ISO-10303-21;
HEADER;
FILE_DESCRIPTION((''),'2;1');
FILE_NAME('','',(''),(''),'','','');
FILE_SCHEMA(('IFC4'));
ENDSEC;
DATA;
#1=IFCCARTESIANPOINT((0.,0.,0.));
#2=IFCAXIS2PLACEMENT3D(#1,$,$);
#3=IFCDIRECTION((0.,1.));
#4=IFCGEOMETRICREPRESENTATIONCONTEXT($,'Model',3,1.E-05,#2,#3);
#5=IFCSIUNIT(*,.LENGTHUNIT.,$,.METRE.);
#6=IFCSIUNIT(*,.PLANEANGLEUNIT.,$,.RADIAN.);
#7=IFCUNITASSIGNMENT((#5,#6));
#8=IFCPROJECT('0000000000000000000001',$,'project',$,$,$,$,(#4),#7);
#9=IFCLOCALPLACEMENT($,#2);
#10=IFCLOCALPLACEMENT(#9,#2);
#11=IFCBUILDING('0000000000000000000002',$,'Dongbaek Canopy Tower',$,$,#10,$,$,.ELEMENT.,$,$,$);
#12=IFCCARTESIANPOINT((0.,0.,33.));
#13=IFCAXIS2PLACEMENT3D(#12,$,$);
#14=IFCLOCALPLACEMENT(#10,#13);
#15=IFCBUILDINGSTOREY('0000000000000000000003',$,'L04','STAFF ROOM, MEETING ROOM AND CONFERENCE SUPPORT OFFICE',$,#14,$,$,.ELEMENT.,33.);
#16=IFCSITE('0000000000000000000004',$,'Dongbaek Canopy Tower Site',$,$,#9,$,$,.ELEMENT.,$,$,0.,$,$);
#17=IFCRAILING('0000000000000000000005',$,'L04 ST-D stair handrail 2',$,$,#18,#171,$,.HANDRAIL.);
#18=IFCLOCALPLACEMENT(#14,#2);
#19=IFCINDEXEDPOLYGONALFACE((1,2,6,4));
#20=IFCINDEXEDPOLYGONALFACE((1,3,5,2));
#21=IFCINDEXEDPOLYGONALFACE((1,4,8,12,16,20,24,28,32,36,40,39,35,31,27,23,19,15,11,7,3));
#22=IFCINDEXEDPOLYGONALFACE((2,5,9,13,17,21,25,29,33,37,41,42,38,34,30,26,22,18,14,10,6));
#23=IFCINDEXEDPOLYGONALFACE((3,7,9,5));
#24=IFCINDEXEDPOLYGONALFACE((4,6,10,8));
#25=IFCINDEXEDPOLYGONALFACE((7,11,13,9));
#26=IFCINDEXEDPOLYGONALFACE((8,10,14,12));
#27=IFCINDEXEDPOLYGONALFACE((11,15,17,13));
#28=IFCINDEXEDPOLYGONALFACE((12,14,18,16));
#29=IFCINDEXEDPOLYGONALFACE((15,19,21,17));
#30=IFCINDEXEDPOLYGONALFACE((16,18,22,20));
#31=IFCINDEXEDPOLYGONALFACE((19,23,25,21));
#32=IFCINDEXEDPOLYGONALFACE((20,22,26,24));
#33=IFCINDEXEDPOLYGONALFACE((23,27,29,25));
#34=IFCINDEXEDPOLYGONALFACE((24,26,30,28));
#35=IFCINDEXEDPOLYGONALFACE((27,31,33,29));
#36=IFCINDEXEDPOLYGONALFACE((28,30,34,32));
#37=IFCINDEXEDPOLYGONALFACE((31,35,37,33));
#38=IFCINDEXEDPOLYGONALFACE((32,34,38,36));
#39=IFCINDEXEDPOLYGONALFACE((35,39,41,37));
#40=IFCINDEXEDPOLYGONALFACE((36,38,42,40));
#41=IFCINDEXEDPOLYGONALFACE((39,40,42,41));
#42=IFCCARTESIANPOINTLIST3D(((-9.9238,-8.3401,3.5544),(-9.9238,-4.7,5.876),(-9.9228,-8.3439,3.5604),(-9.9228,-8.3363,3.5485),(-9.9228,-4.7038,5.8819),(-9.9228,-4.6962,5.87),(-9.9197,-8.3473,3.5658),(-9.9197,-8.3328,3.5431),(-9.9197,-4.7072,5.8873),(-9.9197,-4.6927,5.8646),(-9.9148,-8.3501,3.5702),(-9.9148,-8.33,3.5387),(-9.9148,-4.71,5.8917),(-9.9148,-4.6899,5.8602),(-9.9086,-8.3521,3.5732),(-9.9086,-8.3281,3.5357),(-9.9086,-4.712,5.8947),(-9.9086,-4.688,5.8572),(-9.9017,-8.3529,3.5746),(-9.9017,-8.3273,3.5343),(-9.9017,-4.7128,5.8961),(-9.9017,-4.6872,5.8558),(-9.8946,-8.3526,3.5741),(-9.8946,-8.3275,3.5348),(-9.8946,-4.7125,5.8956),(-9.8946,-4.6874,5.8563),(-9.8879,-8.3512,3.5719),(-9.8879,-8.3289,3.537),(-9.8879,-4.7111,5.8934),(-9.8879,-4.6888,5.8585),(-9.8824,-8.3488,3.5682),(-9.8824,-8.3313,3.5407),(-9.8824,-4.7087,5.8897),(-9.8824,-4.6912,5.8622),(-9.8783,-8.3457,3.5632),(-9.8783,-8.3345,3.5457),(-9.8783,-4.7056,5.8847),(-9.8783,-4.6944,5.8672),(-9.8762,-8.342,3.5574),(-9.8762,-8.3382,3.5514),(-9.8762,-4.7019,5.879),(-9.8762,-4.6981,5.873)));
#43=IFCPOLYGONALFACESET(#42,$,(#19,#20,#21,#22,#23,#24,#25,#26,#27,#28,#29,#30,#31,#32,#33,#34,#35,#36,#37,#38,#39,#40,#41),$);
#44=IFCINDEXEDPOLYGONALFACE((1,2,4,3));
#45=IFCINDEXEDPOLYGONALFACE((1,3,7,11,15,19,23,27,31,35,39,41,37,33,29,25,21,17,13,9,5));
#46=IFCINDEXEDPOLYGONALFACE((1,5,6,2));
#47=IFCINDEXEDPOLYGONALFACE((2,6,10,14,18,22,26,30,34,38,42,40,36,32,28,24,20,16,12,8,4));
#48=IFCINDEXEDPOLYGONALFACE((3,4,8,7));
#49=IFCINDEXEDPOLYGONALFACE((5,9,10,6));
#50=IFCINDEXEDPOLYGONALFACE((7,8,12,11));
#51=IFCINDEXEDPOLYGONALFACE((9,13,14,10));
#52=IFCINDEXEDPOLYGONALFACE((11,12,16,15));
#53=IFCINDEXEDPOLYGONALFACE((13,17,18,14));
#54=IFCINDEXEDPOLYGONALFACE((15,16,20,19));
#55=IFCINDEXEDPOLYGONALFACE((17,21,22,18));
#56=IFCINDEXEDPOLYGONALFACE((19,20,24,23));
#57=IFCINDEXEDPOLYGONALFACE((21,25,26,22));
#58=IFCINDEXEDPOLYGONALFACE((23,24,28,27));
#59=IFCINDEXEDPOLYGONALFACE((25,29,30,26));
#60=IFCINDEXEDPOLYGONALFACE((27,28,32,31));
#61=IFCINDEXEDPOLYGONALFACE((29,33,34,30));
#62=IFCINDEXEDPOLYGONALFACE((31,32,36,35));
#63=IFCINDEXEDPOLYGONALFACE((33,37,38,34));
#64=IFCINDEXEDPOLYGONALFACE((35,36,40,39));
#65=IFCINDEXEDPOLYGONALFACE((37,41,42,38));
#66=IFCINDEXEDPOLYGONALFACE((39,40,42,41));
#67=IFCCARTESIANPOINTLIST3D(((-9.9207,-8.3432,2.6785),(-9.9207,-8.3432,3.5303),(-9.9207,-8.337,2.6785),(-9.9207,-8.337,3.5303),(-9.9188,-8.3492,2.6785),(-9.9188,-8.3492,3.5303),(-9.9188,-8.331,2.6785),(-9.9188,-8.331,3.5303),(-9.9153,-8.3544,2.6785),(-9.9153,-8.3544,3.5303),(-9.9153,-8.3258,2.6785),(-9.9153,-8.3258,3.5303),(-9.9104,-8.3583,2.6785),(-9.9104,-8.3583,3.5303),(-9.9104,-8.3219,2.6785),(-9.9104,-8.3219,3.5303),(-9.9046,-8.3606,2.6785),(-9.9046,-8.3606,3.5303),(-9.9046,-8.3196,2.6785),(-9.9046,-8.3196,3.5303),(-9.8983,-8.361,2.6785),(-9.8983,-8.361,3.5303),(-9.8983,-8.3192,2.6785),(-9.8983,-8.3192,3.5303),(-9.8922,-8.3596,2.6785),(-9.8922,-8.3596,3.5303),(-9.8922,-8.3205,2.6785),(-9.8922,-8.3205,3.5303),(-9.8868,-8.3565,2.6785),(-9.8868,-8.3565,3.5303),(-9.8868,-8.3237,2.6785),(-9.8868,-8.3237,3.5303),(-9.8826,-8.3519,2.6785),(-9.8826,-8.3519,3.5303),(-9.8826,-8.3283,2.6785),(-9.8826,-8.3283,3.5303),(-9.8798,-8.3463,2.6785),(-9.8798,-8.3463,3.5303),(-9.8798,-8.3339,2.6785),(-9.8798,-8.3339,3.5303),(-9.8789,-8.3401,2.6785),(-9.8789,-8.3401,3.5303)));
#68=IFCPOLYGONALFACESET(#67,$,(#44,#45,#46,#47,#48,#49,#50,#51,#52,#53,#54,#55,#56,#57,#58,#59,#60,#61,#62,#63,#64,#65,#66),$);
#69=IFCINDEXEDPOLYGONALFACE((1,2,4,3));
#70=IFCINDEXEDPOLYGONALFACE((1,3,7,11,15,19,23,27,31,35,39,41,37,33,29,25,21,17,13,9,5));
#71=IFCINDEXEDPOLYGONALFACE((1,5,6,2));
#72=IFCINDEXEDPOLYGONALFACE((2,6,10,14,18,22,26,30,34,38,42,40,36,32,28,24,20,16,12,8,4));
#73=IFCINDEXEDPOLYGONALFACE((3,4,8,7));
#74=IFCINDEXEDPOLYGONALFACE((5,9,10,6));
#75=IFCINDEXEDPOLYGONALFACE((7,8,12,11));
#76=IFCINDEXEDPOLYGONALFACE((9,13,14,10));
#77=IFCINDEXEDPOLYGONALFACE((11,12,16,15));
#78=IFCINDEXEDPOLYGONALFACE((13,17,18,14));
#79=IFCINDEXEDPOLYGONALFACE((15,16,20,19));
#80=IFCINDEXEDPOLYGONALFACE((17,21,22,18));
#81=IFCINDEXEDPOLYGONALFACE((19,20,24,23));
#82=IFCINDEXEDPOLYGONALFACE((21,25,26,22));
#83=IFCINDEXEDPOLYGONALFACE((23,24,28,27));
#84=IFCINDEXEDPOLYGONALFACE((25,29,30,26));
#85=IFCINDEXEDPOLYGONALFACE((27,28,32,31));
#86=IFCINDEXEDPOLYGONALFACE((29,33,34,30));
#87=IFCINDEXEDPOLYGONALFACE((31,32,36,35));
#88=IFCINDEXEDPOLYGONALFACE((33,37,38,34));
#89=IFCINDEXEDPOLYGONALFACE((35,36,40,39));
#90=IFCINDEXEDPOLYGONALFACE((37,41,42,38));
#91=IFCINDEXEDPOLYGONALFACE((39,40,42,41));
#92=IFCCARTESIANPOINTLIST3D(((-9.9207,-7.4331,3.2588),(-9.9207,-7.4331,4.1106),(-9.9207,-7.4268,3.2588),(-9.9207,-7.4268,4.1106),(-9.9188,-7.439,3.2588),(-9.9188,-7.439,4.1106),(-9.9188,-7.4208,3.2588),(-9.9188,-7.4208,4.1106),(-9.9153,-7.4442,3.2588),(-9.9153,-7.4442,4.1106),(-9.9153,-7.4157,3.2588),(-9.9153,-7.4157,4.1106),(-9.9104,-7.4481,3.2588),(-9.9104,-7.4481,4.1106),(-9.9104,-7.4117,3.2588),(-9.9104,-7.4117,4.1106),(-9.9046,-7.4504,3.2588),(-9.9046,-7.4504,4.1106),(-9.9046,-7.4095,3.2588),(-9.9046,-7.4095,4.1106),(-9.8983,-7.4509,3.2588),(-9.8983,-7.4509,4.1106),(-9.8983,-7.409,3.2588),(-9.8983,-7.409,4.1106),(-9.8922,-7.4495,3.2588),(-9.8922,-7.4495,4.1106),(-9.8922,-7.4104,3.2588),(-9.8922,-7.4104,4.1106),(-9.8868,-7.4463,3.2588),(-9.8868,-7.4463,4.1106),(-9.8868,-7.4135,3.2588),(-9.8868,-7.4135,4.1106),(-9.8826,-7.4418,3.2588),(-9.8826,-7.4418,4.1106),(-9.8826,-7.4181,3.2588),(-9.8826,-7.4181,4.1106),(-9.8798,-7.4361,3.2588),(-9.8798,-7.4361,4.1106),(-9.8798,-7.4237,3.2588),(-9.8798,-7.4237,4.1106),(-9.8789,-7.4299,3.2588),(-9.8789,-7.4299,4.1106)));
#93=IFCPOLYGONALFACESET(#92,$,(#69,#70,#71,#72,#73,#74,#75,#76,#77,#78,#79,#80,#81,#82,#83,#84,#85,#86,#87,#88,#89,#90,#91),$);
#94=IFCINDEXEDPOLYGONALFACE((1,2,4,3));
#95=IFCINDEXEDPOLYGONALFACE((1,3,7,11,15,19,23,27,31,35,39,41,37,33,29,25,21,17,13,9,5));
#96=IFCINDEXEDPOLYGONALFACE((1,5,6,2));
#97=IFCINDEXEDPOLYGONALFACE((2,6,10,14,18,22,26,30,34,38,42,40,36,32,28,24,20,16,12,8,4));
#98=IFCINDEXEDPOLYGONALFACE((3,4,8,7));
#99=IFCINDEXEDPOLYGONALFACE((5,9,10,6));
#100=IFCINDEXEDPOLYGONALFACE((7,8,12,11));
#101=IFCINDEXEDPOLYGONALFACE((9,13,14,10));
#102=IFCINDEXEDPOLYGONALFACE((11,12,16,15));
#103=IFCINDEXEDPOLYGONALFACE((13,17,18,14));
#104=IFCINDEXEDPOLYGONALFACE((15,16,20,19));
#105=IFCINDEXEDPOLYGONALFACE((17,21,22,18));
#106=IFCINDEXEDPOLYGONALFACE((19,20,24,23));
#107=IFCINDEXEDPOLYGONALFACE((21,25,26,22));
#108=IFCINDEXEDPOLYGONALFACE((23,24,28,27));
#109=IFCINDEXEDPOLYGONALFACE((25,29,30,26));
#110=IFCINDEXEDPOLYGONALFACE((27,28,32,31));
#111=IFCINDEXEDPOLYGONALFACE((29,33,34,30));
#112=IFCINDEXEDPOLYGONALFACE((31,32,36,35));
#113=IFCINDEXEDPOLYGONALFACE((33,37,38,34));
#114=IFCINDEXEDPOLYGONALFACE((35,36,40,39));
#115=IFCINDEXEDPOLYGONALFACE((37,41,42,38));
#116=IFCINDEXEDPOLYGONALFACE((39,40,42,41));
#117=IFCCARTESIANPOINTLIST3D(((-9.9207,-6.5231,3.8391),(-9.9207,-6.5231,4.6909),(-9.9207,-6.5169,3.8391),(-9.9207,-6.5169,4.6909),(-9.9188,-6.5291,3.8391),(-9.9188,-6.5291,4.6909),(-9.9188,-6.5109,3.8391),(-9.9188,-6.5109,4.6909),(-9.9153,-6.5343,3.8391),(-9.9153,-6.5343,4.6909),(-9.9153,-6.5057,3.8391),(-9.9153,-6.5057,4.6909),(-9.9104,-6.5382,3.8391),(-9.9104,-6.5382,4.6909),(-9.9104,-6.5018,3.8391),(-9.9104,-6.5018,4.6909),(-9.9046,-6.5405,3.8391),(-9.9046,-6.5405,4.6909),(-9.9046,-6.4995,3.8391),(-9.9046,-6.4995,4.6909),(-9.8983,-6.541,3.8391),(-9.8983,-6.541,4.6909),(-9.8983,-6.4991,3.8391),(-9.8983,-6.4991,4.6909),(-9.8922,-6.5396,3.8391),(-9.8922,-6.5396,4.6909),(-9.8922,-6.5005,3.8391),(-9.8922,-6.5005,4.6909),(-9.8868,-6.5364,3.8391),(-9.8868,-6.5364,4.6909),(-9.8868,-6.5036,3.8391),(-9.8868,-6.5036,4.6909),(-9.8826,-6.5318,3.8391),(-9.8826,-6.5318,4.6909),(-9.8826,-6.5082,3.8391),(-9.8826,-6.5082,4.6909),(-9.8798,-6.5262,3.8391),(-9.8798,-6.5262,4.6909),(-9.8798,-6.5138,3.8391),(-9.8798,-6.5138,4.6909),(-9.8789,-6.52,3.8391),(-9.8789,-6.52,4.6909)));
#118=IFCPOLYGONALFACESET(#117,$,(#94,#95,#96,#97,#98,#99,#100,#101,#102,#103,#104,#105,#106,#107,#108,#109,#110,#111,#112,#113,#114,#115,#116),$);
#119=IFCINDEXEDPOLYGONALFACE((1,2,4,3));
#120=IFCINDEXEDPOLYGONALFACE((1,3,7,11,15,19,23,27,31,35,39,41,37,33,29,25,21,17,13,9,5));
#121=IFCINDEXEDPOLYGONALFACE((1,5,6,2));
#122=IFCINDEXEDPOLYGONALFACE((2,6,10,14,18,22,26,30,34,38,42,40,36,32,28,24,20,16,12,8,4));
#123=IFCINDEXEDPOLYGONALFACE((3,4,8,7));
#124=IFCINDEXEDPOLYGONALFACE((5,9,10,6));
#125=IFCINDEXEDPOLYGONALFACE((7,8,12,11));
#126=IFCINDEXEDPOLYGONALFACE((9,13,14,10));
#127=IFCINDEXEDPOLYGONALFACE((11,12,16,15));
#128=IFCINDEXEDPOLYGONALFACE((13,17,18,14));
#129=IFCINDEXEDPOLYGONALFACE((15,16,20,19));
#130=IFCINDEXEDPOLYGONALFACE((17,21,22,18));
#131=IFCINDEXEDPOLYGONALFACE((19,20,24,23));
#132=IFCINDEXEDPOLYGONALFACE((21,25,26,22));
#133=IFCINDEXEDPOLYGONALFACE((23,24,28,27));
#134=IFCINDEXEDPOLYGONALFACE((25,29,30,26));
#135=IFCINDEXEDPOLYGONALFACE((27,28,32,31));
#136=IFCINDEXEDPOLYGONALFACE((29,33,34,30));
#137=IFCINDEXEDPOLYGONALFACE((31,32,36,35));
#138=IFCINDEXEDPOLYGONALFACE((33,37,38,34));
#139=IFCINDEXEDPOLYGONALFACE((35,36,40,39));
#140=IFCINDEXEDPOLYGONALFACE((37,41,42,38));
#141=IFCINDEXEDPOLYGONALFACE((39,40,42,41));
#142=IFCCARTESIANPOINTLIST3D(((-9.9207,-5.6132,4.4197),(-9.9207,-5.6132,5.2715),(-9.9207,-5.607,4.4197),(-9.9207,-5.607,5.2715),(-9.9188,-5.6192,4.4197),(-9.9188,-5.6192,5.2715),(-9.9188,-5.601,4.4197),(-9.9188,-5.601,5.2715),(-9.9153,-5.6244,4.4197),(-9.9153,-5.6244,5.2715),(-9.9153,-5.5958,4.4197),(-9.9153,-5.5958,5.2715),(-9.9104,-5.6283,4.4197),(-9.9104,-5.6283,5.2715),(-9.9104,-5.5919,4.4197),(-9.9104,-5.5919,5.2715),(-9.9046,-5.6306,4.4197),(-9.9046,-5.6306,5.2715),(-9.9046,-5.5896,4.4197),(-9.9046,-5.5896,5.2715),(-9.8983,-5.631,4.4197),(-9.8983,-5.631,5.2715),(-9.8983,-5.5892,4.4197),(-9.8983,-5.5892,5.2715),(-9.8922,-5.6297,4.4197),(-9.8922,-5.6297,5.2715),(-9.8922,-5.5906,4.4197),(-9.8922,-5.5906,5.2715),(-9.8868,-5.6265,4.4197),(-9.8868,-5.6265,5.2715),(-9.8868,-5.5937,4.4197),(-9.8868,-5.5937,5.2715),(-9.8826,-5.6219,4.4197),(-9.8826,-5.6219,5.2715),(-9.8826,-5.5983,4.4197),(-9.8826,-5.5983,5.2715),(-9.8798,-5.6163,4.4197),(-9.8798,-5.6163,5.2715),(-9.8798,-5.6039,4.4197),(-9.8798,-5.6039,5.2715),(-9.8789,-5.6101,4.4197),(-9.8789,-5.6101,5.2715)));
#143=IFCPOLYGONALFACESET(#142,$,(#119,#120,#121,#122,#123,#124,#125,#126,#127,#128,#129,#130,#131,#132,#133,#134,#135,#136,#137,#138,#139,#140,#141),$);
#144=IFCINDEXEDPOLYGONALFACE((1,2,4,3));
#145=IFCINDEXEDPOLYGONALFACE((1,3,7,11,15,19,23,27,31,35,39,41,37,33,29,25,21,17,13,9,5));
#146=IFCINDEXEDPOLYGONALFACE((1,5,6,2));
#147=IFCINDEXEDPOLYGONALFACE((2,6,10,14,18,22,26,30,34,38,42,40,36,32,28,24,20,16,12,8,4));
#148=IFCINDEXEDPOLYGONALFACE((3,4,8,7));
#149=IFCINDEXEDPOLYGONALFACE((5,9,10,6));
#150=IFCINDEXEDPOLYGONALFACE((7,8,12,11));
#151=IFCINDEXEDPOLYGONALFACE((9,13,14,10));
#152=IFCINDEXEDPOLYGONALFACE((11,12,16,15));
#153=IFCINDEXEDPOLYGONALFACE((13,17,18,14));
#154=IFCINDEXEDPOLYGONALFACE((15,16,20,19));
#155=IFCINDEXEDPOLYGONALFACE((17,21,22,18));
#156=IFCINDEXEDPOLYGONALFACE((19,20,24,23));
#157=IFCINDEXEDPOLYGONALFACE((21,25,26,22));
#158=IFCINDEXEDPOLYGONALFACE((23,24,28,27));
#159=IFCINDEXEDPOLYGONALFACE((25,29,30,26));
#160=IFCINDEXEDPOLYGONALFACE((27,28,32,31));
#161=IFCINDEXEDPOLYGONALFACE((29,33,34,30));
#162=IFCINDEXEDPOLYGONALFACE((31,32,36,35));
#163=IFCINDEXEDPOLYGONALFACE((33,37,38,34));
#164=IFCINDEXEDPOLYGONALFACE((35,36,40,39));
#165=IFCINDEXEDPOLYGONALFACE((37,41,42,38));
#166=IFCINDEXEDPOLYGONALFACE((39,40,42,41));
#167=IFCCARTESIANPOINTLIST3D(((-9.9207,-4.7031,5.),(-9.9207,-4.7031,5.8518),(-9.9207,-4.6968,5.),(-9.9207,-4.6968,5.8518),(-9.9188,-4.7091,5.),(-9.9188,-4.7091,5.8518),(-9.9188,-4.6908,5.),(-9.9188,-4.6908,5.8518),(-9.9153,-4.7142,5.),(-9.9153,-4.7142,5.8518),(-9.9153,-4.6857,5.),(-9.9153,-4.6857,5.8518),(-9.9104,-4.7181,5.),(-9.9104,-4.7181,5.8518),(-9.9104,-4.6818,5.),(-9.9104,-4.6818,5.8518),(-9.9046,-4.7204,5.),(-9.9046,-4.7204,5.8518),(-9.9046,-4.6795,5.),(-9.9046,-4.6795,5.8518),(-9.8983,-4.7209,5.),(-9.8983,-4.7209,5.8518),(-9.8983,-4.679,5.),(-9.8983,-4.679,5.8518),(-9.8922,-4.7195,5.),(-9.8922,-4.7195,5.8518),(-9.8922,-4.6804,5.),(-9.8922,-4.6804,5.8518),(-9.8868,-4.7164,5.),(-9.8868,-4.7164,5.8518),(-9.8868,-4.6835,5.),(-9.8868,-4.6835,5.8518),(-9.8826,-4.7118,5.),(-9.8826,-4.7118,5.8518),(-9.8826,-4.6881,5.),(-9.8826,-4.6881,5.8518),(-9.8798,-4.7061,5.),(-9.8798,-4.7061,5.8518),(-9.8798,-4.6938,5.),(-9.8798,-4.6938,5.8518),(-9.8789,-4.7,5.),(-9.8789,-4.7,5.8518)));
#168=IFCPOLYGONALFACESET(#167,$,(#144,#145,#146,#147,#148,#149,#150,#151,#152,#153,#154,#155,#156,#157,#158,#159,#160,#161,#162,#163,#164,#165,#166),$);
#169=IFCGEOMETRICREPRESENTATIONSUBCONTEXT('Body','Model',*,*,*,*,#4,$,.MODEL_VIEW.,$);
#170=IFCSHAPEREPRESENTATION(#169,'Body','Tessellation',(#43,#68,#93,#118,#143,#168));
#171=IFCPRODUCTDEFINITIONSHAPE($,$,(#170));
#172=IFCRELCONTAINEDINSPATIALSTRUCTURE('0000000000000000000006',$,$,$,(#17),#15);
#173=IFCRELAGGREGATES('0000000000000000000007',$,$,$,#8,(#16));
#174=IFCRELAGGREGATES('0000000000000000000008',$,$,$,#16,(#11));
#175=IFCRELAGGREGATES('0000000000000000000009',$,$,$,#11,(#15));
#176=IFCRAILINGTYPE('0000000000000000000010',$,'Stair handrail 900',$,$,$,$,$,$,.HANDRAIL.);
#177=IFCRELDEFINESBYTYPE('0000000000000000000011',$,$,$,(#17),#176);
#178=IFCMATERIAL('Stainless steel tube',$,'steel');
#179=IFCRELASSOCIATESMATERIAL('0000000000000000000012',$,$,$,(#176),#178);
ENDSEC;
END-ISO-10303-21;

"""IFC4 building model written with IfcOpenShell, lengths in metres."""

from ifc_helpers import new_model, si_unit, direction, frame, origin, origin_2d, place, context, subcontext, project, spatial, circle, extrude, material, type_object, element, save


model = new_model("IFC4")

# Units and contexts
model_context = context("Model", 3, precision=1e-05, world=origin(), true_north=direction((0.0, 1.0)))
body_context = subcontext(model_context, "Body", "Model", "MODEL_VIEW")
ifc_project = project(units=[si_unit("LENGTHUNIT", "METRE"), si_unit("PLANEANGLEUNIT", "RADIAN")], contexts=[model_context])

# Site, building, storey
site_placement = place(None, origin())
site = spatial("IfcSite", under=ifc_project, at=site_placement, Name="Dongbaek Canopy Tower Site", CompositionType="ELEMENT", RefElevation=0.0)
building_placement = place(site_placement, origin())
building = spatial("IfcBuilding", under=site, at=building_placement, Name="Dongbaek Canopy Tower", CompositionType="ELEMENT")
storey_placement = place(building_placement, frame((0.0, 0.0, 33.0)))
storey = spatial("IfcBuildingStorey", under=building, at=storey_placement, Name="L04", Description="STAFF ROOM, MEETING ROOM AND CONFERENCE SUPPORT OFFICE", CompositionType="ELEMENT", Elevation=33.0)

# Railing
ifc_material_1 = material(Name="Stainless steel tube", Category="steel")
railing_type_1 = type_object("IfcRailingType", Name="Stair handrail 900", PredefinedType="HANDRAIL", material=ifc_material_1)
railing_1_placement = place(storey_placement, frame((-9.8999, -8.3401, 2.6785)))
element("IfcRailing", 1, at=railing_1_placement, inside=storey, type_object=railing_type_1, Name="L04 ST-D stair handrail 2", PredefinedType="HANDRAIL", context=body_context, shape_type="SweptSolid", body=[
    extrude(circle(Radius=0.0239, at=origin_2d()), frame((0.0, 0.0, 0.876), z_axis=(0.0, 0.843128, 0.537713), x_axis=(-1.0, 0.0, 0.0)), (0.0, 0.0, 1.0), 4.3174),
    extrude(circle(Radius=0.021, at=origin_2d()), origin(), (0.0, 0.0, 1.0), 0.8518),
    extrude(circle(Radius=0.021, at=origin_2d()), frame((0.0, 0.9102, 0.5803)), (0.0, 0.0, 1.0), 0.8518),
    extrude(circle(Radius=0.021, at=origin_2d()), frame((0.0, 1.8201, 1.1606)), (0.0, 0.0, 1.0), 0.8518),
    extrude(circle(Radius=0.021, at=origin_2d()), frame((0.0, 2.73, 1.7412)), (0.0, 0.0, 1.0), 0.8518),
    extrude(circle(Radius=0.021, at=origin_2d()), frame((0.0, 3.6401, 2.3215)), (0.0, 0.0, 1.0), 0.8518),
])

save(model, "model.ifc")
